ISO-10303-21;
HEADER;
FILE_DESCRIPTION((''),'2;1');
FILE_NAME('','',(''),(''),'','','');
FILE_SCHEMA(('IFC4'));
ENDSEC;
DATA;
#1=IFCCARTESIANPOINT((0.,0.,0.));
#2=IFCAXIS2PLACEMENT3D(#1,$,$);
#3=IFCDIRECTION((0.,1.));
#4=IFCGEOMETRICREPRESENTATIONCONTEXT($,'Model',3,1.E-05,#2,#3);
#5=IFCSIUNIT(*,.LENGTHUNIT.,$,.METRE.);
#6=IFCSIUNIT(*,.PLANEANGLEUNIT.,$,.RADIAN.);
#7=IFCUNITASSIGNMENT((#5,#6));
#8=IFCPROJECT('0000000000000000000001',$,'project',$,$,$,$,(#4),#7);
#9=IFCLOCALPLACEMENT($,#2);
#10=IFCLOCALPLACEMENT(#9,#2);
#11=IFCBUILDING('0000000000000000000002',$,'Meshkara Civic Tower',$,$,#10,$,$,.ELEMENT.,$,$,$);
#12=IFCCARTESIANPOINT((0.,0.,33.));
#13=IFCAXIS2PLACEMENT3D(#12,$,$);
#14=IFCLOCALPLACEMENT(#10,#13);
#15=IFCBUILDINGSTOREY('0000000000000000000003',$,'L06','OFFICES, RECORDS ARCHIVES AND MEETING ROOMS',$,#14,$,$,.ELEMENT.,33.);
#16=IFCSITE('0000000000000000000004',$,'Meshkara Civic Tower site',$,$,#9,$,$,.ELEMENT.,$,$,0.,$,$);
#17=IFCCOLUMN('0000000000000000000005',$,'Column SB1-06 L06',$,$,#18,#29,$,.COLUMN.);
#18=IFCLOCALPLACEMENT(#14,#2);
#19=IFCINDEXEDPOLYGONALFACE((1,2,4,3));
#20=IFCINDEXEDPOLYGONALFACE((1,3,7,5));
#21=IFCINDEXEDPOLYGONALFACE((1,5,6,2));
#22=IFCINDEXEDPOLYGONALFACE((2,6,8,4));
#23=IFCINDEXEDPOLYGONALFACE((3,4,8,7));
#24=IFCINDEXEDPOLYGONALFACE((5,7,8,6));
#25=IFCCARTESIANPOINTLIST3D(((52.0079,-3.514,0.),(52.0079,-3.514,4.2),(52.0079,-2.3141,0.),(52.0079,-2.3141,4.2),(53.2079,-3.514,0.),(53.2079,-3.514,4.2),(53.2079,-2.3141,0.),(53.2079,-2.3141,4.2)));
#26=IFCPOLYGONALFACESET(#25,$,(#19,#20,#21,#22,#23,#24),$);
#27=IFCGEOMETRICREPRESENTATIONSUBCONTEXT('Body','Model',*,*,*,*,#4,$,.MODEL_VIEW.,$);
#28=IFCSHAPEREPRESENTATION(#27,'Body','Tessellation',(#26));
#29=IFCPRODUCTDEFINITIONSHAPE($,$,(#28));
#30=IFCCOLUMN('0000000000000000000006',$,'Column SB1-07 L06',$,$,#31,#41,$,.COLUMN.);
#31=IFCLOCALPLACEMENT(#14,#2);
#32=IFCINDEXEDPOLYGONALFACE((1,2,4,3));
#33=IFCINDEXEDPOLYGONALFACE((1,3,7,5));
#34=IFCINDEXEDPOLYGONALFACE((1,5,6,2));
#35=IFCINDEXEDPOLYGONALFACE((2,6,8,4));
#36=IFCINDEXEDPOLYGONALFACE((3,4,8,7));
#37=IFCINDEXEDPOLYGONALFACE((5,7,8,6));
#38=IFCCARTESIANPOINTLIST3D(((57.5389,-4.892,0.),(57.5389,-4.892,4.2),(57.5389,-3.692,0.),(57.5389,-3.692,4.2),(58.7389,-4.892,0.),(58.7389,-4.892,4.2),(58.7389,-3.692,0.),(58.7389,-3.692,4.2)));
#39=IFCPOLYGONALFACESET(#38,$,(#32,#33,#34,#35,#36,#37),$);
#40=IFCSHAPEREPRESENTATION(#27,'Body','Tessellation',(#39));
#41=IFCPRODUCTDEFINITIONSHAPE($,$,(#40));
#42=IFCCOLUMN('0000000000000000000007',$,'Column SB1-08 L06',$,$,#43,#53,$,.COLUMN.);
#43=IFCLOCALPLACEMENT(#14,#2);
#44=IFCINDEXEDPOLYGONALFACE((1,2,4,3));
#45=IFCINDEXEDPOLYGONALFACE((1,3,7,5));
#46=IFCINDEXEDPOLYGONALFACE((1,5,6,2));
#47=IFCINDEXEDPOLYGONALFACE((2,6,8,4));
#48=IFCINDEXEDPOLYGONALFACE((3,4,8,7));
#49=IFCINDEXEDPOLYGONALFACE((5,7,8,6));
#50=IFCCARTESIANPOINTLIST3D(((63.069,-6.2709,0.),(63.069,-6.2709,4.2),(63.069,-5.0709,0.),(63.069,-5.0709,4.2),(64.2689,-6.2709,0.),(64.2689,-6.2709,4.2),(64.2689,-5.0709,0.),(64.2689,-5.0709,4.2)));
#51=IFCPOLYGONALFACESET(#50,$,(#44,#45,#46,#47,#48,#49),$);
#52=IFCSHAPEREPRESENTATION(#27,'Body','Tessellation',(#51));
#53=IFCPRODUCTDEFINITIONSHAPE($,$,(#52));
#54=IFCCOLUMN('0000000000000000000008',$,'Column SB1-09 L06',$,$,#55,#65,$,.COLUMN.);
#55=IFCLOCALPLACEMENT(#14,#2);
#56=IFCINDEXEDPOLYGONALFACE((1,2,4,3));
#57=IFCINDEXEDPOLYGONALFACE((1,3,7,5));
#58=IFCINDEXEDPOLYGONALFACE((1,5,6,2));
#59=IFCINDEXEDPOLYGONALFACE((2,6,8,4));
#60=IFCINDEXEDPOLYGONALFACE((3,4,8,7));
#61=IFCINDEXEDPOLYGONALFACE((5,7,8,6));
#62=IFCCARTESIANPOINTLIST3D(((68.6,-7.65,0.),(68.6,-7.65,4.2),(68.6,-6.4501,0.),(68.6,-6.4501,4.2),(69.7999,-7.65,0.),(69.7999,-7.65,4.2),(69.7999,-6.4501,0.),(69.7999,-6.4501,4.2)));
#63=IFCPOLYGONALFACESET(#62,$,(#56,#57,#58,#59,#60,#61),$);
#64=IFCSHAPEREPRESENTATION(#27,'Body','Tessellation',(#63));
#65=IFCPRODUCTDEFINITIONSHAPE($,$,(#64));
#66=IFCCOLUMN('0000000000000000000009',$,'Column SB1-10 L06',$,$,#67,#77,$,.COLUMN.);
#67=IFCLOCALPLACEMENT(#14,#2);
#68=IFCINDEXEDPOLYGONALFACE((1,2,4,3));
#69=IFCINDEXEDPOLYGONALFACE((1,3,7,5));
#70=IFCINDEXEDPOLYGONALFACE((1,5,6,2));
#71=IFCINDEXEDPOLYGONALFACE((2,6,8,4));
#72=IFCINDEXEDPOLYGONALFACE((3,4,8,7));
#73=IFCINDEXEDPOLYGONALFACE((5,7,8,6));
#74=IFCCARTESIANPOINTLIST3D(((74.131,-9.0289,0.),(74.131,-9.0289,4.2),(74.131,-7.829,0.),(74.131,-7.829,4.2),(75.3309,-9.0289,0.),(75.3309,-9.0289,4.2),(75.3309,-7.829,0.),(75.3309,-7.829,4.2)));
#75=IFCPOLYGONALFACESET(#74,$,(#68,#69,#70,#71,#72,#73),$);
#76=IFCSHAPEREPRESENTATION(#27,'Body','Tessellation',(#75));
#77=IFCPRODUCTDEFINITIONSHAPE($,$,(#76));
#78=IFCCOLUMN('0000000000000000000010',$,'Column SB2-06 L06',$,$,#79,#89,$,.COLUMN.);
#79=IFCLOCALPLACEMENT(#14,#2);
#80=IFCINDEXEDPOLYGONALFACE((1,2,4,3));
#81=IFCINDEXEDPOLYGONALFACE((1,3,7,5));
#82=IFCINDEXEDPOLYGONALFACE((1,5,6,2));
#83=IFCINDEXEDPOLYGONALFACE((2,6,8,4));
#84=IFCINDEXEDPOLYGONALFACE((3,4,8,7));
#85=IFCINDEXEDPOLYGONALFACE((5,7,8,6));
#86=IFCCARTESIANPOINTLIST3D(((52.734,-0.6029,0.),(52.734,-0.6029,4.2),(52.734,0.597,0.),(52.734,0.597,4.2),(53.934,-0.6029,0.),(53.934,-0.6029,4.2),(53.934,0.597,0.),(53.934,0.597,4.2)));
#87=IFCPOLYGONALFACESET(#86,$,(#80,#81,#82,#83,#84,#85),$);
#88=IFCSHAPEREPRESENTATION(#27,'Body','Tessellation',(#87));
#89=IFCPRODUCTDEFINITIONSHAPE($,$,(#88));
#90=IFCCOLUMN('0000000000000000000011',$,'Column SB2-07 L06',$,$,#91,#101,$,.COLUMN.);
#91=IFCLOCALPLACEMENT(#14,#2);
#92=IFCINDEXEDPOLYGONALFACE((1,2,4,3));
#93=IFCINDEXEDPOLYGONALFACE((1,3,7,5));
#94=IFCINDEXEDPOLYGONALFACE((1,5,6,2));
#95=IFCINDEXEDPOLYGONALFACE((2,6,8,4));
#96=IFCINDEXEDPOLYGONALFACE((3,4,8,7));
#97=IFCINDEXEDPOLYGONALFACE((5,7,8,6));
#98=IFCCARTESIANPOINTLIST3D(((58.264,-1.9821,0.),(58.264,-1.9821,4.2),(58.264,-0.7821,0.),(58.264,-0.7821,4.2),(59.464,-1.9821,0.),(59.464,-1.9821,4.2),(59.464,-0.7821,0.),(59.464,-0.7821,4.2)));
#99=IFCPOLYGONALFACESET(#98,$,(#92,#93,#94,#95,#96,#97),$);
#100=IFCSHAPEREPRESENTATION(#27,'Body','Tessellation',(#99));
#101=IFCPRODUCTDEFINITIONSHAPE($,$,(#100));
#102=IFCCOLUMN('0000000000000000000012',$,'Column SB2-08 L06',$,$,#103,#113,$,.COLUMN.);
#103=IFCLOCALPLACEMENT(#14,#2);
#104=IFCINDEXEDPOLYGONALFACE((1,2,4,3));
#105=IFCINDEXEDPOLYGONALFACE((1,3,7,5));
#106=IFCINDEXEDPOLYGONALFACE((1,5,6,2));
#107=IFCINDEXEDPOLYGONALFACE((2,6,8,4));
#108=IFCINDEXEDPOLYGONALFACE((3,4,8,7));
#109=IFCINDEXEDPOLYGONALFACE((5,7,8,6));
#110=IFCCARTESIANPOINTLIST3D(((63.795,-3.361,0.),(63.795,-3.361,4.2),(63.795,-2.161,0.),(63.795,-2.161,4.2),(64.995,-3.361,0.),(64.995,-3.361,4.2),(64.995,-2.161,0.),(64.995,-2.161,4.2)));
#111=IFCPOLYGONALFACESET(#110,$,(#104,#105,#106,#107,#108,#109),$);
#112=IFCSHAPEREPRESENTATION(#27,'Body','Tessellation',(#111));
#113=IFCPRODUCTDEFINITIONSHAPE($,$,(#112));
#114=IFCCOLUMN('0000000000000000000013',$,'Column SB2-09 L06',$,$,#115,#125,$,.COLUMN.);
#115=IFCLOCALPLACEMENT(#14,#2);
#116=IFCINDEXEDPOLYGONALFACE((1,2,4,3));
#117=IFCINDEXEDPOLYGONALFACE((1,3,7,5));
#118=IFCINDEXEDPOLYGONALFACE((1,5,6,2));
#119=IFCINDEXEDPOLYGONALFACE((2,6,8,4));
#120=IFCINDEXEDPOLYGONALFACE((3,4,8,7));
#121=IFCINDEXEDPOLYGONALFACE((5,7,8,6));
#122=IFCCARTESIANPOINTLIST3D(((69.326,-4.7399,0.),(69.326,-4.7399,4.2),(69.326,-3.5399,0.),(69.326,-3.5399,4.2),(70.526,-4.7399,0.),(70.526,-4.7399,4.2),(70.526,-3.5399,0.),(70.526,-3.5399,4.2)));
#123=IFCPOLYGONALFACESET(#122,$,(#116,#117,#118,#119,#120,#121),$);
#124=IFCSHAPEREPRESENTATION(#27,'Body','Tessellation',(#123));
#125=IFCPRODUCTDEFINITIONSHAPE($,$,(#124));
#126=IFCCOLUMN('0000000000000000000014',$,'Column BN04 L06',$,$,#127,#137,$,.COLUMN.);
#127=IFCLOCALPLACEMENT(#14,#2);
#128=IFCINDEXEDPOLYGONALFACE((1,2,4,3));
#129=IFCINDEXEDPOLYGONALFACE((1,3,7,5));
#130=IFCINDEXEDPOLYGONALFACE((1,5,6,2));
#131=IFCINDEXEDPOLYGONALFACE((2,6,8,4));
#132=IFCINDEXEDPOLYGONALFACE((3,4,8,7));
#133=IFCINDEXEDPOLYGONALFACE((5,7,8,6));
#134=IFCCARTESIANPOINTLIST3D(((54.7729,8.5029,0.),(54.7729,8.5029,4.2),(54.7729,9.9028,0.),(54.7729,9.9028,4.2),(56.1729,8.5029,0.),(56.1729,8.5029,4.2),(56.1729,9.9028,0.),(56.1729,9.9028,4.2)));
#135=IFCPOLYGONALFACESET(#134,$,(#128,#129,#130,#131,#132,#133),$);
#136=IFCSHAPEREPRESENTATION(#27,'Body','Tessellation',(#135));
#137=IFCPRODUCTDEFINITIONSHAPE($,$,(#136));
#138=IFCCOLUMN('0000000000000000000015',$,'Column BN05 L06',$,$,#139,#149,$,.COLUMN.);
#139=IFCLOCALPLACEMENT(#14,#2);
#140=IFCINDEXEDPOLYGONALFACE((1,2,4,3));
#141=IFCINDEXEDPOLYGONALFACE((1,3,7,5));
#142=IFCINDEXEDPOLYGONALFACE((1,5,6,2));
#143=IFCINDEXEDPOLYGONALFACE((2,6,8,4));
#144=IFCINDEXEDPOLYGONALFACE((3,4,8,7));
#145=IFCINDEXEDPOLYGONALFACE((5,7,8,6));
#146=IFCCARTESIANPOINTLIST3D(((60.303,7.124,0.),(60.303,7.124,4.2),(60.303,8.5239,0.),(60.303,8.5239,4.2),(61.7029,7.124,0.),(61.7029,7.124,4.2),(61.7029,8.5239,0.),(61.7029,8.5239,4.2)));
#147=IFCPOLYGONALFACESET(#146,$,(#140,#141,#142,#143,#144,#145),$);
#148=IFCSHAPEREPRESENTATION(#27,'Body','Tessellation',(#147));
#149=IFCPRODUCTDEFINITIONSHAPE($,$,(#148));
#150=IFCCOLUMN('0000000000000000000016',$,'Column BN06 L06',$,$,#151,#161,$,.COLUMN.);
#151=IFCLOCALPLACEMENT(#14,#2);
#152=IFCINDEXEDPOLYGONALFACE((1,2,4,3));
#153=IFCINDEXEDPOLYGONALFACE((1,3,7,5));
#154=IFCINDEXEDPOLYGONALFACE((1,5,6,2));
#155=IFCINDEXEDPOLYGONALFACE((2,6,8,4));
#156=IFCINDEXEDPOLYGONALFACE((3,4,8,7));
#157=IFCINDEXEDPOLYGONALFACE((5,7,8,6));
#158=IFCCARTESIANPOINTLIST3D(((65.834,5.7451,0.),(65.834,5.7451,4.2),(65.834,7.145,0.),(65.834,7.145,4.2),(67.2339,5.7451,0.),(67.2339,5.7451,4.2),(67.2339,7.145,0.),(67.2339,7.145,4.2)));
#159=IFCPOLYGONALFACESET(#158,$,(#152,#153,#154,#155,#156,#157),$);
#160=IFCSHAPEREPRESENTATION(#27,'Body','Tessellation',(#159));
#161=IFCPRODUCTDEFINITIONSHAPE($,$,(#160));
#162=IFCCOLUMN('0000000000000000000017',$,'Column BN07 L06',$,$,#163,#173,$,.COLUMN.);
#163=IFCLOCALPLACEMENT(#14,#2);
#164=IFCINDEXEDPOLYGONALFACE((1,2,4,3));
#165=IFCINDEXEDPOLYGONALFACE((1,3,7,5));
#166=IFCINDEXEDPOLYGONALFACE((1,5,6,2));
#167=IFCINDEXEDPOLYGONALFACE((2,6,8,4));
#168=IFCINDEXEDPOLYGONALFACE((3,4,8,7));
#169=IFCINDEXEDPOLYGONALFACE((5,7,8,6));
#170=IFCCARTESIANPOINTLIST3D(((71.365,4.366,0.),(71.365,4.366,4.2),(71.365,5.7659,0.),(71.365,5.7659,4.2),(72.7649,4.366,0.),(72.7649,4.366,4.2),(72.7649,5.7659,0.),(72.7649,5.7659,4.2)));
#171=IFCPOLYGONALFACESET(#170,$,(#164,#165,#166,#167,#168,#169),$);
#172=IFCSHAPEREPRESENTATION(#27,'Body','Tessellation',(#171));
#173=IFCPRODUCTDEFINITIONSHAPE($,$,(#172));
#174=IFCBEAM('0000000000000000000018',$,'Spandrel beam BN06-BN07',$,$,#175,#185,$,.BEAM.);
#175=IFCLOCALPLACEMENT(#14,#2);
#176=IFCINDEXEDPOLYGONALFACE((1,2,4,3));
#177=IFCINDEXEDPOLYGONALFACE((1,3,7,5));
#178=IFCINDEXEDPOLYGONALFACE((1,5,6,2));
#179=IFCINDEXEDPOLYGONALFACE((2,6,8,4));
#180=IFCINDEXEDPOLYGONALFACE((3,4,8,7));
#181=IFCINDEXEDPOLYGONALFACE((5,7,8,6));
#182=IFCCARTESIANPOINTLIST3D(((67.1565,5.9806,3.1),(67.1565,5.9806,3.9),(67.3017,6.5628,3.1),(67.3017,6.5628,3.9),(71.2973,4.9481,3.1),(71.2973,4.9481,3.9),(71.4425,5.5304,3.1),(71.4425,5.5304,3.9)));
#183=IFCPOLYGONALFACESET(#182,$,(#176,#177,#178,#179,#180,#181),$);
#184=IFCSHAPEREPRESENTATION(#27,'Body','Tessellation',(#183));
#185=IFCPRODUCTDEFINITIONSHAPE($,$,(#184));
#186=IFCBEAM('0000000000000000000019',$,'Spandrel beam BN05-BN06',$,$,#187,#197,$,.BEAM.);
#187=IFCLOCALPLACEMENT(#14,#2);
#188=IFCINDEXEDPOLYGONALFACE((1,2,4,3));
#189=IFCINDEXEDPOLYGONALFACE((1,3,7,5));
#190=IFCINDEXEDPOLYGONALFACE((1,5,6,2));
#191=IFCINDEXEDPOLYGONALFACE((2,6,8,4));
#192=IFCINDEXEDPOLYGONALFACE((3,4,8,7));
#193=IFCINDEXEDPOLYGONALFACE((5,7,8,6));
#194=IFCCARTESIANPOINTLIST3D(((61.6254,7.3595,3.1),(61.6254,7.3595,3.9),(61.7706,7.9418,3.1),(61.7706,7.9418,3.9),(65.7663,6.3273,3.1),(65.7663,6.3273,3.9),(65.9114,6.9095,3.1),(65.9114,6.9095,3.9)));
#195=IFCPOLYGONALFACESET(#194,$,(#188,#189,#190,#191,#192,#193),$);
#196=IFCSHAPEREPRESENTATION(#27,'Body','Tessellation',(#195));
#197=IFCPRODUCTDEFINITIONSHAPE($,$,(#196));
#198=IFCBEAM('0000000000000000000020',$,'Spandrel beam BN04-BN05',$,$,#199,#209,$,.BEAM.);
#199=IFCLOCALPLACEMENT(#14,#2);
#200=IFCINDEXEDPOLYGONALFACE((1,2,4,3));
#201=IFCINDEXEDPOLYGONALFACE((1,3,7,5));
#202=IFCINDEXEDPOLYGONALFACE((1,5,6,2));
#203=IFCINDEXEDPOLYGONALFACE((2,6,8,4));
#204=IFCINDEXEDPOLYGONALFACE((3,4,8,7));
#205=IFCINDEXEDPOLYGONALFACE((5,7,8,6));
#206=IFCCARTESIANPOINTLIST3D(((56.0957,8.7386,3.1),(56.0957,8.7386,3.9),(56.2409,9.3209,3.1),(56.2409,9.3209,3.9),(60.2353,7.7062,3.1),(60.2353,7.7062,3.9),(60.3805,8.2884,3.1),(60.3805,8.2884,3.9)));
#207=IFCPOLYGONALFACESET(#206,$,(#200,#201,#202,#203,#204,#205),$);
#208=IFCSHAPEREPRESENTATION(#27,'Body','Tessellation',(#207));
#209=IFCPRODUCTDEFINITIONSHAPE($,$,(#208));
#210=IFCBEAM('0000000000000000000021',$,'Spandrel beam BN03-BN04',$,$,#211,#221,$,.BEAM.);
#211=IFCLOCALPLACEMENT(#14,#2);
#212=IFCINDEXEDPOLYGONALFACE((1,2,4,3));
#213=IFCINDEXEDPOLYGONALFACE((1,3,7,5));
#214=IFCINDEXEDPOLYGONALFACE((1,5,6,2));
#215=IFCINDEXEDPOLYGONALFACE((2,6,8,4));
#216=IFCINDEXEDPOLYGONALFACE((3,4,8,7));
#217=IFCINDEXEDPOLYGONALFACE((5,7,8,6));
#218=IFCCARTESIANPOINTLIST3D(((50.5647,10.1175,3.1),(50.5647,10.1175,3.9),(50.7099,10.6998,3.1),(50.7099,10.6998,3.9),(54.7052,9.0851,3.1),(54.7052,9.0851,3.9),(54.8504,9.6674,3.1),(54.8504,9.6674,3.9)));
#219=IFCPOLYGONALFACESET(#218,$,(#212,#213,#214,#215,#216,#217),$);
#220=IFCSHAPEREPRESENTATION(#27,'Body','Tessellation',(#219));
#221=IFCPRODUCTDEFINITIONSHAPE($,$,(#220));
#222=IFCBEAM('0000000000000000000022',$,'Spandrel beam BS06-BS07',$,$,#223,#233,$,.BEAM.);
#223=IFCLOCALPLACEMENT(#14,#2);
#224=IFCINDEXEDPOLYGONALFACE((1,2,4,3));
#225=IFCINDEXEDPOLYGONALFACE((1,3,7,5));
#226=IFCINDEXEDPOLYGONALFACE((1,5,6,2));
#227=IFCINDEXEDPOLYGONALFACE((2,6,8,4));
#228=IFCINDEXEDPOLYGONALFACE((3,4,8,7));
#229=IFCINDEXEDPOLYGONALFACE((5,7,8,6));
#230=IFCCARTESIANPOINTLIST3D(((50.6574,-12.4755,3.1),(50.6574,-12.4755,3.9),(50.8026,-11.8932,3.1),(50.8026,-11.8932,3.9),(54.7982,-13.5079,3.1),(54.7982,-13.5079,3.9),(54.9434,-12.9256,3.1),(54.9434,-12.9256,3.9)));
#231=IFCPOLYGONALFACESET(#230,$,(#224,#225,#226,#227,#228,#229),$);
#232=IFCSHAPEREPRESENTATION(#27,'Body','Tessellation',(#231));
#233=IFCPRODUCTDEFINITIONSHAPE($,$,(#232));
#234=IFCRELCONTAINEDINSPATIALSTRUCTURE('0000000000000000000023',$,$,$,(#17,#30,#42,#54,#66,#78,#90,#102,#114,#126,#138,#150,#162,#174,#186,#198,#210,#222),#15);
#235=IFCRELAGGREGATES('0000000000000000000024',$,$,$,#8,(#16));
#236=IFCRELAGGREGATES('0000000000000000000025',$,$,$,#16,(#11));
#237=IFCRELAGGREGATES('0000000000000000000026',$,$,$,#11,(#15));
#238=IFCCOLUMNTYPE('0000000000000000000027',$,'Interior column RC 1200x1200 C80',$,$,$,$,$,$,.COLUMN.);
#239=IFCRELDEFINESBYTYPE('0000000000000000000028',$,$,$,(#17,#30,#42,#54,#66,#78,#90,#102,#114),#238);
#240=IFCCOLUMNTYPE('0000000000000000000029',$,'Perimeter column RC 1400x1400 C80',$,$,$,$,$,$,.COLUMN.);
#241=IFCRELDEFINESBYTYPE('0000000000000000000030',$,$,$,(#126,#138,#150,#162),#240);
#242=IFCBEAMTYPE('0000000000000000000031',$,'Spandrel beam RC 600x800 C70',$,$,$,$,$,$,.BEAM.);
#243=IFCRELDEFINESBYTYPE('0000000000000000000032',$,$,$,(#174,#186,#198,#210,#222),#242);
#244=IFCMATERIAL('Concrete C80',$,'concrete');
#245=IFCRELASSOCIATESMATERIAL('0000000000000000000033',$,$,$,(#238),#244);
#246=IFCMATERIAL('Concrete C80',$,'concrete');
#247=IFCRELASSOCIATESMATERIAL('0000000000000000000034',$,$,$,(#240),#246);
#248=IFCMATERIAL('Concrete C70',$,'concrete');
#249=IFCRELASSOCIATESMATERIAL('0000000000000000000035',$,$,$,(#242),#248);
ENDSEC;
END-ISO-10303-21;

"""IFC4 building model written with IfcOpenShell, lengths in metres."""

from ifc_helpers import new_model, si_unit, direction, frame, origin, origin_2d, place, context, subcontext, project, spatial, rectangle, extrude, material, material_profile, profile_set, type_object, element, save


model = new_model("IFC4")

# Units and contexts
model_context = context("Model", 3, precision=1e-05, world=origin(), true_north=direction((0.0, 1.0)))
body_context = subcontext(model_context, "Body", "Model", "MODEL_VIEW")
ifc_project = project(units=[si_unit("LENGTHUNIT", "METRE"), si_unit("PLANEANGLEUNIT", "RADIAN")], contexts=[model_context])

# Site, building, storey
site_placement = place(None, origin())
site = spatial("IfcSite", under=ifc_project, at=site_placement, Name="Meshkara Civic Tower site", CompositionType="ELEMENT", RefElevation=0.0)
building_placement = place(site_placement, origin())
building = spatial("IfcBuilding", under=site, at=building_placement, Name="Meshkara Civic Tower", CompositionType="ELEMENT")
storey_placement = place(building_placement, frame((0.0, 0.0, 33.0)))
storey = spatial("IfcBuildingStorey", under=building, at=storey_placement, Name="L06", Description="OFFICES, RECORDS ARCHIVES AND MEETING ROOMS", CompositionType="ELEMENT", Elevation=33.0)

# Columns
ifc_material_1 = material(Name="Concrete C80", Category="concrete")
ifc_material_profile_1 = material_profile(ifc_material_1, rectangle(XDim=1.2, YDim=1.2, at=origin_2d()))
ifc_profile_set_1 = profile_set([ifc_material_profile_1], Name="Concrete C80")
column_type_1 = type_object("IfcColumnType", Name="Interior column RC 1200x1200 C80", PredefinedType="COLUMN", material=ifc_profile_set_1)
for number, where, z_axis, x_axis, name in (
    (1, (52.6079, -2.9141, 0.0), (0.0, 0.0, 1.0), (1.0, 0.0, 0.0), "Column SB1-06 L06"),
    (2, (58.1389, -4.292, 0.0), (0.0, 0.0, 1.0), (1.0, 0.0, 0.0), "Column SB1-07 L06"),
    (3, (63.6689, -5.6709, 0.0), (0.0, 0.0, 1.0), (1.0, 0.0, 0.0), "Column SB1-08 L06"),
    (4, (69.2, -7.05, 0.0), (0.0, 0.0, 1.0), (1.0, 0.0, 0.0), "Column SB1-09 L06"),
    (5, (74.731, -8.429, 0.0), (0.0, 0.0, 1.0), (1.0, 0.0, 0.0), "Column SB1-10 L06"),
    (6, (53.334, -0.0029, 0.0), (0.0, 0.0, 1.0), (1.0, 0.0, 0.0), "Column SB2-06 L06"),
    (7, (58.864, -1.3821, 0.0), (0.0, 0.0, 1.0), (1.0, 0.0, 0.0), "Column SB2-07 L06"),
    (8, (64.395, -2.761, 0.0), (0.0, 0.0, 1.0), (1.0, 0.0, 0.0), "Column SB2-08 L06"),
    (9, (69.926, -4.1399, 0.0), (0.0, 0.0, 1.0), (1.0, 0.0, 0.0), "Column SB2-09 L06"),
):
    element("IfcColumn", number, at=place(storey_placement, frame(where, z_axis=z_axis, x_axis=x_axis)), inside=storey, type_object=column_type_1, Name=name, PredefinedType="COLUMN", context=body_context, shape_type="SweptSolid", body=[
        extrude(rectangle(XDim=1.2, YDim=1.2, at=origin_2d()), origin(), (0.0, 0.0, 1.0), 4.2),
    ])
ifc_material_2 = material(Name="Concrete C80", Category="concrete")
ifc_material_profile_2 = material_profile(ifc_material_2, rectangle(XDim=1.3999, YDim=1.3999, at=origin_2d()))
ifc_profile_set_2 = profile_set([ifc_material_profile_2], Name="Concrete C80")
column_type_2 = type_object("IfcColumnType", Name="Perimeter column RC 1400x1400 C80", PredefinedType="COLUMN", material=ifc_profile_set_2)
for number, where, z_axis, x_axis, name in (
    (10, (55.4729, 9.2029, 0.0), (0.0, 0.0, 1.0), (1.0, 0.0, 0.0), "Column BN04 L06"),
    (11, (61.0029, 7.824, 0.0), (0.0, 0.0, 1.0), (1.0, 0.0, 0.0), "Column BN05 L06"),
    (12, (66.5339, 6.4451, 0.0), (0.0, 0.0, 1.0), (1.0, 0.0, 0.0), "Column BN06 L06"),
    (13, (72.0649, 5.0659, 0.0), (0.0, 0.0, 1.0), (1.0, 0.0, 0.0), "Column BN07 L06"),
):
    element("IfcColumn", number, at=place(storey_placement, frame(where, z_axis=z_axis, x_axis=x_axis)), inside=storey, type_object=column_type_2, Name=name, PredefinedType="COLUMN", context=body_context, shape_type="SweptSolid", body=[
        extrude(rectangle(XDim=1.3999, YDim=1.3999, at=origin_2d()), origin(), (0.0, 0.0, 1.0), 4.2),
    ])

# Beams
ifc_material_3 = material(Name="Concrete C70", Category="concrete")
ifc_material_profile_3 = material_profile(ifc_material_3, rectangle(XDim=0.6001, YDim=0.8, at=origin_2d()))
ifc_profile_set_3 = profile_set([ifc_material_profile_3], Name="Concrete C70")
beam_type = type_object("IfcBeamType", Name="Spandrel beam RC 600x800 C70", PredefinedType="BEAM", material=ifc_profile_set_3)
for number, where, z_axis, x_axis, name in (
    (14, (71.3699, 5.2393, 3.5), (-0.970294, 0.24193, 0.0), (-0.24193, -0.970294, 0.0), "Spandrel beam BN06-BN07"),
    (15, (65.8389, 6.6184, 3.5), (-0.970307, 0.241876, 0.0), (-0.241876, -0.970307, 0.0), "Spandrel beam BN05-BN06"),
):
    element("IfcBeam", number, at=place(storey_placement, frame(where, z_axis=z_axis, x_axis=x_axis)), inside=storey, type_object=beam_type, Name=name, PredefinedType="BEAM", context=body_context, shape_type="SweptSolid", body=[
        extrude(rectangle(XDim=0.6001, YDim=0.8, at=origin_2d()), origin(), (0.0, 0.0, 1.0), 4.2676),
    ])
beam_1_placement = place(storey_placement, frame((60.3079, 7.9973, 3.5), z_axis=(-0.970277, 0.241997, 0.0), x_axis=(-0.241997, -0.970277, 0.0)))
element("IfcBeam", 16, at=beam_1_placement, inside=storey, type_object=beam_type, Name="Spandrel beam BN04-BN05", PredefinedType="BEAM", context=body_context, shape_type="SweptSolid", body=[
    extrude(rectangle(XDim=0.6001, YDim=0.8, at=origin_2d()), origin(), (0.0, 0.0, 1.0), 4.2664),
])
beam_2_placement = place(storey_placement, frame((54.7778, 9.3762, 3.5), z_axis=(-0.97029, 0.241943, 0.0), x_axis=(-0.241943, -0.97029, 0.0)))
element("IfcBeam", 17, at=beam_2_placement, inside=storey, type_object=beam_type, Name="Spandrel beam BN03-BN04", PredefinedType="BEAM", context=body_context, shape_type="SweptSolid", body=[
    extrude(rectangle(XDim=0.6001, YDim=0.8, at=origin_2d()), origin(), (0.0, 0.0, 1.0), 4.2673),
])
beam_3_placement = place(storey_placement, frame((50.73, -12.1843, 3.5), z_axis=(0.970294, -0.24193, 0.0), x_axis=(0.24193, 0.970294, 0.0)))
element("IfcBeam", 18, at=beam_3_placement, inside=storey, type_object=beam_type, Name="Spandrel beam BS06-BS07", PredefinedType="BEAM", context=body_context, shape_type="SweptSolid", body=[
    extrude(rectangle(XDim=0.6001, YDim=0.8, at=origin_2d()), origin(), (0.0, 0.0, 1.0), 4.2676),
])

save(model, "model.ifc")
